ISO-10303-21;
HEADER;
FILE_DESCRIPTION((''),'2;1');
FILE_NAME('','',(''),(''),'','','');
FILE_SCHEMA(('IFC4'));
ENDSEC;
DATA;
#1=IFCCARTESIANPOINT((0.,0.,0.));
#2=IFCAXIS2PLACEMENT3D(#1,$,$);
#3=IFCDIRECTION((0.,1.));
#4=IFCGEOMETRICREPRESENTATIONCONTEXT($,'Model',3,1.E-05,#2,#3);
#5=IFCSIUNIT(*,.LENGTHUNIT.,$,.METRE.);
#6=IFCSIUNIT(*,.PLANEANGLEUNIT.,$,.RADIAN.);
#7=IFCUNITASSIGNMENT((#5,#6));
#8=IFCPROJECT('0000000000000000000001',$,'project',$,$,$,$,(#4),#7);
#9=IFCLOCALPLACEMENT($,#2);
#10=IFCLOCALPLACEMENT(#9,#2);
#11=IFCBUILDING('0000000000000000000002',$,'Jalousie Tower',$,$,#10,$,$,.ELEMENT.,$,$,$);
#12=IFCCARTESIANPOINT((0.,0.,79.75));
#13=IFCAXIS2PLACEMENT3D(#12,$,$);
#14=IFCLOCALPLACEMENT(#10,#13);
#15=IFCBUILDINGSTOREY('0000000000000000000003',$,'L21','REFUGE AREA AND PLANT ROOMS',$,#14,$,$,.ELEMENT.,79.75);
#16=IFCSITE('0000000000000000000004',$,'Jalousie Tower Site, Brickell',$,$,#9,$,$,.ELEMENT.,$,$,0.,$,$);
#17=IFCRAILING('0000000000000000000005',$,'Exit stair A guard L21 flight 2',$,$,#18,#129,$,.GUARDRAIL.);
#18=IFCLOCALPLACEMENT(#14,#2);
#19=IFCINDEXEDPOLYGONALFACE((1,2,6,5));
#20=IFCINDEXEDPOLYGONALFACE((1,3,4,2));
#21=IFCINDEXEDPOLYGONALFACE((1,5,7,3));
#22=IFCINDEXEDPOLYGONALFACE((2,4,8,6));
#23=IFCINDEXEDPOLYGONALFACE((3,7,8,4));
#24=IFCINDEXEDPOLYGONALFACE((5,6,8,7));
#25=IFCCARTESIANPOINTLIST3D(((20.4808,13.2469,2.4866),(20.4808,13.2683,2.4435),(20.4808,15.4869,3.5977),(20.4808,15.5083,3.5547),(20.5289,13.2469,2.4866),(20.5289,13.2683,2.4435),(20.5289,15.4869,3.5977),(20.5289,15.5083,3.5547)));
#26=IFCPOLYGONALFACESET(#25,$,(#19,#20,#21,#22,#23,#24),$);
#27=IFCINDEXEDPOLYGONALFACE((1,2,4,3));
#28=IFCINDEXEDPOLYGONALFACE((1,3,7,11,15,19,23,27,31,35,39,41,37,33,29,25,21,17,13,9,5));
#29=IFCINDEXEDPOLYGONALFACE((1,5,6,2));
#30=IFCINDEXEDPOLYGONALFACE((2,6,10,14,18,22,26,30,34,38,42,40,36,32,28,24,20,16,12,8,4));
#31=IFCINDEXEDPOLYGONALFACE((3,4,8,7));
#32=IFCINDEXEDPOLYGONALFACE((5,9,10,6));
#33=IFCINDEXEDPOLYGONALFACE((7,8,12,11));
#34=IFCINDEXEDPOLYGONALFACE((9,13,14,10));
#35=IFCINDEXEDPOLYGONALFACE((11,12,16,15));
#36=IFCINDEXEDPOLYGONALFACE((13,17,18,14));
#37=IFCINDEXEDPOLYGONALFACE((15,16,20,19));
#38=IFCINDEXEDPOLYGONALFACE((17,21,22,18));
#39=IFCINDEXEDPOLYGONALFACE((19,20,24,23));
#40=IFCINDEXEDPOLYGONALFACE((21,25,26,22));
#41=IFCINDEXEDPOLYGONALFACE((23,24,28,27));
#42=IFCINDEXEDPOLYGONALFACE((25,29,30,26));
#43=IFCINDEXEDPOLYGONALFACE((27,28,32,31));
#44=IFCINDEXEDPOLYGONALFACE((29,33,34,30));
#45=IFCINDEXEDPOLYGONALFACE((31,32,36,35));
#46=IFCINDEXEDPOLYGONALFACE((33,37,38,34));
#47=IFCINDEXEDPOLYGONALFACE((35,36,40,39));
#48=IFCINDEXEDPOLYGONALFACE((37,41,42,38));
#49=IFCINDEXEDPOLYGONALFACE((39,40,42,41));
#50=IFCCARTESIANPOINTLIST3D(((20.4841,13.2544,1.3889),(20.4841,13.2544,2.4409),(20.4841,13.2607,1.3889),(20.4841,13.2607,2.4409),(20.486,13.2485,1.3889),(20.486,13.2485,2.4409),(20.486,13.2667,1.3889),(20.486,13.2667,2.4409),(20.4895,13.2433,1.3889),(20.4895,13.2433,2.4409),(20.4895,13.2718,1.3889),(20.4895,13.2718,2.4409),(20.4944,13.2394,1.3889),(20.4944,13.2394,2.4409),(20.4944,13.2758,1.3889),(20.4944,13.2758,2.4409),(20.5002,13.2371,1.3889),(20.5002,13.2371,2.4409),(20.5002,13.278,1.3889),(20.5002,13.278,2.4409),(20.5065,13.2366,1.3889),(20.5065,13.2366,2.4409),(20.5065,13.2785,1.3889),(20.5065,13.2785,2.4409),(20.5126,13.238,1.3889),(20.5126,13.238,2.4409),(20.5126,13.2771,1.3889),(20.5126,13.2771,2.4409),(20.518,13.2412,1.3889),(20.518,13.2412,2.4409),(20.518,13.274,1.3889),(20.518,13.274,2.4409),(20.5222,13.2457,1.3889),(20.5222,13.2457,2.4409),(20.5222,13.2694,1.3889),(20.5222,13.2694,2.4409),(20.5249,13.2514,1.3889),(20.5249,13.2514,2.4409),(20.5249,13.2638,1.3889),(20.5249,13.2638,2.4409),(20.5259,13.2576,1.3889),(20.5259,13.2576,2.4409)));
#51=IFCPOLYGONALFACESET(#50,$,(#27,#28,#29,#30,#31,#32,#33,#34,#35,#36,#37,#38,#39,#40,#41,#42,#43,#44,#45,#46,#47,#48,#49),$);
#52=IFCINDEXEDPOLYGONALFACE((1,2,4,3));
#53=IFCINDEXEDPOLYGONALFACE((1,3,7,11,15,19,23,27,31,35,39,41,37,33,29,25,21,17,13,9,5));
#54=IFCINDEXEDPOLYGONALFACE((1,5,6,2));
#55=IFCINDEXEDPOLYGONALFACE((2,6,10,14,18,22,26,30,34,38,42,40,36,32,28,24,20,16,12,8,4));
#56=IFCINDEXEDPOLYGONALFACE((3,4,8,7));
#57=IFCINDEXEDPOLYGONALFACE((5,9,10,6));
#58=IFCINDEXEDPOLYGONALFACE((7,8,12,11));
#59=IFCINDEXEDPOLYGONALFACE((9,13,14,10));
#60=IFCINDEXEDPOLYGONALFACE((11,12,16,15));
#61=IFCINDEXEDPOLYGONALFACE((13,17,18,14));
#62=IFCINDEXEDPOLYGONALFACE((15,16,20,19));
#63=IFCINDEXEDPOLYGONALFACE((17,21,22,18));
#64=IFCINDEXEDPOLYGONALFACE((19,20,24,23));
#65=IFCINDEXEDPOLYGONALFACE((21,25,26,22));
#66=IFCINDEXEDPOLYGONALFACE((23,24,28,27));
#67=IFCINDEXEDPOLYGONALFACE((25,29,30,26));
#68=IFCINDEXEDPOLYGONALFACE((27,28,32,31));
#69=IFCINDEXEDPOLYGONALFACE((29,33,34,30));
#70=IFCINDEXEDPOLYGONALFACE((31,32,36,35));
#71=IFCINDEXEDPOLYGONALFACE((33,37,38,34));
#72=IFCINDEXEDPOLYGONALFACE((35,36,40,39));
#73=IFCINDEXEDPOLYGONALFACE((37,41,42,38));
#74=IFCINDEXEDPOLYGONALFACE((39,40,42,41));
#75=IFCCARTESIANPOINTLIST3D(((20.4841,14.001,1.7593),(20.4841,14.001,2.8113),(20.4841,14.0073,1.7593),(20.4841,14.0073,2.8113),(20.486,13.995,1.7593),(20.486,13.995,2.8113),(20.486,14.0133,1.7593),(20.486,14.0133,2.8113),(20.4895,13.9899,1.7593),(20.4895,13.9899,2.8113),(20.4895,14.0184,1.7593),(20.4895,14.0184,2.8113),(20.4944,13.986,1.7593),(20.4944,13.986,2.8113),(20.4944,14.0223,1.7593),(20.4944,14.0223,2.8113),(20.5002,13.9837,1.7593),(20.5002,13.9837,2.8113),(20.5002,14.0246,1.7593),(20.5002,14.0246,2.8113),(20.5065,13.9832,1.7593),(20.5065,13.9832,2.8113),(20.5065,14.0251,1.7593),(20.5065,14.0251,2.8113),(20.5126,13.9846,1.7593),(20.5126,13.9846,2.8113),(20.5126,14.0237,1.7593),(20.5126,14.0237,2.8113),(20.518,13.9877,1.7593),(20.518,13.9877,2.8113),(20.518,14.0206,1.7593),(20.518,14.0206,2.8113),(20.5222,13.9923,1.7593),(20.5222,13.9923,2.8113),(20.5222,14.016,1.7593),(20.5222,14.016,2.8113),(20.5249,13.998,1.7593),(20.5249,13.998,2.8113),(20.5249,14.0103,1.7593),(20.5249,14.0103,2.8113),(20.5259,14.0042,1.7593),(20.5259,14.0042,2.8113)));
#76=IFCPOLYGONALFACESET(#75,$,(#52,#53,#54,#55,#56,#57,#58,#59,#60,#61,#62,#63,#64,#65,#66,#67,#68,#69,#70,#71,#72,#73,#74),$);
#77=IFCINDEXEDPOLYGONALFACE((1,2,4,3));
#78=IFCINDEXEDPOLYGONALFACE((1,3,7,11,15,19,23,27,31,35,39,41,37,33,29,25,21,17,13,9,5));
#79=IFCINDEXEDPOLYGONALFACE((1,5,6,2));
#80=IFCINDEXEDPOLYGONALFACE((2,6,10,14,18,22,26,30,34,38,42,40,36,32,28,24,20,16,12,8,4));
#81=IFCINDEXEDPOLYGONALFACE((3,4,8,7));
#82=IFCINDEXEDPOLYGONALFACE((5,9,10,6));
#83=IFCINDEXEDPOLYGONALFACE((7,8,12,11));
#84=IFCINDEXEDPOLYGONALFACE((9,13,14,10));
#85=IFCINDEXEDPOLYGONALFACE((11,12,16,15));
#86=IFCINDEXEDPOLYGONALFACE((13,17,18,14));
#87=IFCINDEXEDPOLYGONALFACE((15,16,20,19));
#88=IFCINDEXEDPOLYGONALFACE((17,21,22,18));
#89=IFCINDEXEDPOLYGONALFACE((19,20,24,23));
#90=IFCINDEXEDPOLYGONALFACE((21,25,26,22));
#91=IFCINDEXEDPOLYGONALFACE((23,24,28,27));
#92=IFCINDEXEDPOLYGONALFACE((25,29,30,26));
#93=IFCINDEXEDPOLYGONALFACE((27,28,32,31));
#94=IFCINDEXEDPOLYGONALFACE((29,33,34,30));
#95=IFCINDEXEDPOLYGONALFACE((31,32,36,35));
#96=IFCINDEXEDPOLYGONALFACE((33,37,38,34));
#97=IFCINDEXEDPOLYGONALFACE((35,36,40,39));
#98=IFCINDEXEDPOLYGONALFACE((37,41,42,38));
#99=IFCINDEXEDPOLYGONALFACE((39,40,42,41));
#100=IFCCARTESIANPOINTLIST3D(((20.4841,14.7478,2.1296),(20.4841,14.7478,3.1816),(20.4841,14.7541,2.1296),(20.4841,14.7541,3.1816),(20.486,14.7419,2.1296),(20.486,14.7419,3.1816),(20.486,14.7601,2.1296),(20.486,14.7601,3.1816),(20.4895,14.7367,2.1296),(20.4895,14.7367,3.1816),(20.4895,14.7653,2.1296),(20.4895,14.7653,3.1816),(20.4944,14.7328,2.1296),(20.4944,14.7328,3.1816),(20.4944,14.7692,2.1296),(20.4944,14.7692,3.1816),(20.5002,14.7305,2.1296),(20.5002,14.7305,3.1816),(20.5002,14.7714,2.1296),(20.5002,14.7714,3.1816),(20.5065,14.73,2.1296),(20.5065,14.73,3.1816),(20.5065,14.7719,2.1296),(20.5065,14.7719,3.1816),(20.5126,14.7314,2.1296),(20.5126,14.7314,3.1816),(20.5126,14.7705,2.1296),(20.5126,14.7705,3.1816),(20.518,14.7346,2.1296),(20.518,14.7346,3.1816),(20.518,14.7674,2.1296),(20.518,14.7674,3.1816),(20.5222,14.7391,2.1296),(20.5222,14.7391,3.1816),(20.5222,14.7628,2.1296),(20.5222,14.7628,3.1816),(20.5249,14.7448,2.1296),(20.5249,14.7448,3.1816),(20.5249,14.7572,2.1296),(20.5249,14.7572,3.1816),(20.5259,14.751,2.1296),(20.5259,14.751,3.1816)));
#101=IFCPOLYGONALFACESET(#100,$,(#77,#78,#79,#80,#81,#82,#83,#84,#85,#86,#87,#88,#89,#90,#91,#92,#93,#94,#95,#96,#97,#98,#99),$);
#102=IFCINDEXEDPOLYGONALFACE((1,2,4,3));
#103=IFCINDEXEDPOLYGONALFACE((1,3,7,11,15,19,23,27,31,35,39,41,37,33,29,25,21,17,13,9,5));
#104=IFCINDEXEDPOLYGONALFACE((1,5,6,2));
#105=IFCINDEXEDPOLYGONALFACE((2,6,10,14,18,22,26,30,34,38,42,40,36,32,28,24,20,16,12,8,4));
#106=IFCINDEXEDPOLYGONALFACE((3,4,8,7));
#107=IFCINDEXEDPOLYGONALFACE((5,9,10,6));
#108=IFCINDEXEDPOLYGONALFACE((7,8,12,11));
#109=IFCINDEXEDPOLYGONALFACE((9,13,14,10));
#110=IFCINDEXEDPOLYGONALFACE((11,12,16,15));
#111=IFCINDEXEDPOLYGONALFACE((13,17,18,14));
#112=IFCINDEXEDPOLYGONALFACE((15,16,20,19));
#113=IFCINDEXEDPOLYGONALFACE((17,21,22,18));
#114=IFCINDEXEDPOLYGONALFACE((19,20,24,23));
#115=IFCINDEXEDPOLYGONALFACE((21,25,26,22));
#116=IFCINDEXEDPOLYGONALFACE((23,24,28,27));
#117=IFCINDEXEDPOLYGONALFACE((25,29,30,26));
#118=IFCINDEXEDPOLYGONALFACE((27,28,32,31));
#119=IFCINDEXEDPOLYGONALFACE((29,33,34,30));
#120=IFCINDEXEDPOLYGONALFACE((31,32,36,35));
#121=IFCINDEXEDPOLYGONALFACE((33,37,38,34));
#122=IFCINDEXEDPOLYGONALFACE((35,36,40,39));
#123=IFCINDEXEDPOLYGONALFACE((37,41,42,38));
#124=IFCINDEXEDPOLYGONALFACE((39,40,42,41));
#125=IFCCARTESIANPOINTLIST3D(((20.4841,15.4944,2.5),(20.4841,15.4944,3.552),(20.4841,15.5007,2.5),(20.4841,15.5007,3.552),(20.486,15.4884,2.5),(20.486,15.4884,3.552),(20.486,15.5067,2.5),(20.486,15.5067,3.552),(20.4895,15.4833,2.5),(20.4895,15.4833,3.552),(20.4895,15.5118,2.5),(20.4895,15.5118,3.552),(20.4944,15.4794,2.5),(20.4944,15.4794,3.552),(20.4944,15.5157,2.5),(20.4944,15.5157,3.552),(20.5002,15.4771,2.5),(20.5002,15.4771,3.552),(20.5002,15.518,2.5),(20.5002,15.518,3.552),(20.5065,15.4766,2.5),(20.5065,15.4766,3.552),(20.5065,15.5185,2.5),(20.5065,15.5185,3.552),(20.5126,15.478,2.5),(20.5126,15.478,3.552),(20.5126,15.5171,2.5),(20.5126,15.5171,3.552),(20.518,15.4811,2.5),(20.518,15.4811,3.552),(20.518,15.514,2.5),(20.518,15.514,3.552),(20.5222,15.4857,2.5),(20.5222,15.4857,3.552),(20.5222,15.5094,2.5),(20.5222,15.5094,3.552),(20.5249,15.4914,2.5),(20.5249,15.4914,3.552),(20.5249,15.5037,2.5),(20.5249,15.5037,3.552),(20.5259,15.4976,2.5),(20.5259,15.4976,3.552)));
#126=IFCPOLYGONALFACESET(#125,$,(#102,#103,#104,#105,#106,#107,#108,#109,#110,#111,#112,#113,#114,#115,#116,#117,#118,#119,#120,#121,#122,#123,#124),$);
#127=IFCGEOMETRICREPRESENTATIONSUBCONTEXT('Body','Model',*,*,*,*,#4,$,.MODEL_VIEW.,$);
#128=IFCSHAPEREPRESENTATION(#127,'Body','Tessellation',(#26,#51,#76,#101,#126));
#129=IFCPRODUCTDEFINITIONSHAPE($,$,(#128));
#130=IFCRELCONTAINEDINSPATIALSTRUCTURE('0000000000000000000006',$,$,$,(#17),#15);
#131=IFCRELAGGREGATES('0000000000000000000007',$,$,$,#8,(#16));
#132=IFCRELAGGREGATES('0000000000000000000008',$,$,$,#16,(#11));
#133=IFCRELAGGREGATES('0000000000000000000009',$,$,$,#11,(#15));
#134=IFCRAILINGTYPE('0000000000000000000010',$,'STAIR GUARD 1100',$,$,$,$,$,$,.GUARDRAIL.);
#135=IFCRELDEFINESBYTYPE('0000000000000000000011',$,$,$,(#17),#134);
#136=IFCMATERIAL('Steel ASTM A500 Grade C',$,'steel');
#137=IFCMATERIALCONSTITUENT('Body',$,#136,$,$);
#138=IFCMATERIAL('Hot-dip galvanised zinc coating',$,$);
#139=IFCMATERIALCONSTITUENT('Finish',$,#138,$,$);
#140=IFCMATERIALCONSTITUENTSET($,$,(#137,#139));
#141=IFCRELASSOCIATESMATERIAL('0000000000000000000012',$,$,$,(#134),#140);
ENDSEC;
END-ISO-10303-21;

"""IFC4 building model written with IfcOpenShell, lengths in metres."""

from ifc_helpers import new_model, si_unit, direction, frame, origin, origin_2d, place, context, subcontext, project, spatial, rectangle, circle, extrude, material, constituent, constituent_set, type_object, element, save


model = new_model("IFC4")

# Units and contexts
model_context = context("Model", 3, precision=1e-05, world=origin(), true_north=direction((0.0, 1.0)))
body_context = subcontext(model_context, "Body", "Model", "MODEL_VIEW")
ifc_project = project(units=[si_unit("LENGTHUNIT", "METRE"), si_unit("PLANEANGLEUNIT", "RADIAN")], contexts=[model_context])

# Site, building, storey
site_placement = place(None, origin())
site = spatial("IfcSite", under=ifc_project, at=site_placement, Name="Jalousie Tower Site, Brickell", CompositionType="ELEMENT", RefElevation=0.0)
building_placement = place(site_placement, origin())
building = spatial("IfcBuilding", under=site, at=building_placement, Name="Jalousie Tower", CompositionType="ELEMENT")
storey_placement = place(building_placement, frame((0.0, 0.0, 79.75)))
storey = spatial("IfcBuildingStorey", under=building, at=storey_placement, Name="L21", Description="REFUGE AREA AND PLANT ROOMS", CompositionType="ELEMENT", Elevation=79.75)

# Railing
ifc_material_1 = material(Name="Steel ASTM A500 Grade C", Category="steel")
ifc_constituent_1 = constituent(ifc_material_1, Name="Body")
ifc_material_2 = material(Name="Hot-dip galvanised zinc coating")
ifc_constituent_2 = constituent(ifc_material_2, Name="Finish")
ifc_constituent_set_1 = constituent_set(constituents=[ifc_constituent_1, ifc_constituent_2])
railing_type_1 = type_object("IfcRailingType", Name="STAIR GUARD 1100", PredefinedType="GUARDRAIL", material=ifc_constituent_set_1)
railing_1_placement = place(storey_placement, frame((20.5049, 13.2576, 1.3889)))
element("IfcRailing", 1, at=railing_1_placement, inside=storey, type_object=railing_type_1, Name="Exit stair A guard L21 flight 2", PredefinedType="GUARDRAIL", context=body_context, shape_type="SweptSolid", body=[
    extrude(rectangle(XDim=0.0481, YDim=0.0481, at=origin_2d()), frame((0.0, 0.0, 1.0762), z_axis=(0.0, 0.895848, 0.44436), x_axis=(-1.0, 0.0, 0.0)), (0.0, 0.0, 1.0), 2.5005),
    extrude(circle(Radius=0.021, at=origin_2d()), origin(), (0.0, 0.0, 1.0), 1.052),
    extrude(circle(Radius=0.021, at=origin_2d()), frame((0.0, 0.7466, 0.3704)), (0.0, 0.0, 1.0), 1.052),
    extrude(circle(Radius=0.021, at=origin_2d()), frame((0.0, 1.4934, 0.7407)), (0.0, 0.0, 1.0), 1.052),
    extrude(circle(Radius=0.021, at=origin_2d()), frame((0.0, 2.24, 1.1111)), (0.0, 0.0, 1.0), 1.052),
])

save(model, "model.ifc")
